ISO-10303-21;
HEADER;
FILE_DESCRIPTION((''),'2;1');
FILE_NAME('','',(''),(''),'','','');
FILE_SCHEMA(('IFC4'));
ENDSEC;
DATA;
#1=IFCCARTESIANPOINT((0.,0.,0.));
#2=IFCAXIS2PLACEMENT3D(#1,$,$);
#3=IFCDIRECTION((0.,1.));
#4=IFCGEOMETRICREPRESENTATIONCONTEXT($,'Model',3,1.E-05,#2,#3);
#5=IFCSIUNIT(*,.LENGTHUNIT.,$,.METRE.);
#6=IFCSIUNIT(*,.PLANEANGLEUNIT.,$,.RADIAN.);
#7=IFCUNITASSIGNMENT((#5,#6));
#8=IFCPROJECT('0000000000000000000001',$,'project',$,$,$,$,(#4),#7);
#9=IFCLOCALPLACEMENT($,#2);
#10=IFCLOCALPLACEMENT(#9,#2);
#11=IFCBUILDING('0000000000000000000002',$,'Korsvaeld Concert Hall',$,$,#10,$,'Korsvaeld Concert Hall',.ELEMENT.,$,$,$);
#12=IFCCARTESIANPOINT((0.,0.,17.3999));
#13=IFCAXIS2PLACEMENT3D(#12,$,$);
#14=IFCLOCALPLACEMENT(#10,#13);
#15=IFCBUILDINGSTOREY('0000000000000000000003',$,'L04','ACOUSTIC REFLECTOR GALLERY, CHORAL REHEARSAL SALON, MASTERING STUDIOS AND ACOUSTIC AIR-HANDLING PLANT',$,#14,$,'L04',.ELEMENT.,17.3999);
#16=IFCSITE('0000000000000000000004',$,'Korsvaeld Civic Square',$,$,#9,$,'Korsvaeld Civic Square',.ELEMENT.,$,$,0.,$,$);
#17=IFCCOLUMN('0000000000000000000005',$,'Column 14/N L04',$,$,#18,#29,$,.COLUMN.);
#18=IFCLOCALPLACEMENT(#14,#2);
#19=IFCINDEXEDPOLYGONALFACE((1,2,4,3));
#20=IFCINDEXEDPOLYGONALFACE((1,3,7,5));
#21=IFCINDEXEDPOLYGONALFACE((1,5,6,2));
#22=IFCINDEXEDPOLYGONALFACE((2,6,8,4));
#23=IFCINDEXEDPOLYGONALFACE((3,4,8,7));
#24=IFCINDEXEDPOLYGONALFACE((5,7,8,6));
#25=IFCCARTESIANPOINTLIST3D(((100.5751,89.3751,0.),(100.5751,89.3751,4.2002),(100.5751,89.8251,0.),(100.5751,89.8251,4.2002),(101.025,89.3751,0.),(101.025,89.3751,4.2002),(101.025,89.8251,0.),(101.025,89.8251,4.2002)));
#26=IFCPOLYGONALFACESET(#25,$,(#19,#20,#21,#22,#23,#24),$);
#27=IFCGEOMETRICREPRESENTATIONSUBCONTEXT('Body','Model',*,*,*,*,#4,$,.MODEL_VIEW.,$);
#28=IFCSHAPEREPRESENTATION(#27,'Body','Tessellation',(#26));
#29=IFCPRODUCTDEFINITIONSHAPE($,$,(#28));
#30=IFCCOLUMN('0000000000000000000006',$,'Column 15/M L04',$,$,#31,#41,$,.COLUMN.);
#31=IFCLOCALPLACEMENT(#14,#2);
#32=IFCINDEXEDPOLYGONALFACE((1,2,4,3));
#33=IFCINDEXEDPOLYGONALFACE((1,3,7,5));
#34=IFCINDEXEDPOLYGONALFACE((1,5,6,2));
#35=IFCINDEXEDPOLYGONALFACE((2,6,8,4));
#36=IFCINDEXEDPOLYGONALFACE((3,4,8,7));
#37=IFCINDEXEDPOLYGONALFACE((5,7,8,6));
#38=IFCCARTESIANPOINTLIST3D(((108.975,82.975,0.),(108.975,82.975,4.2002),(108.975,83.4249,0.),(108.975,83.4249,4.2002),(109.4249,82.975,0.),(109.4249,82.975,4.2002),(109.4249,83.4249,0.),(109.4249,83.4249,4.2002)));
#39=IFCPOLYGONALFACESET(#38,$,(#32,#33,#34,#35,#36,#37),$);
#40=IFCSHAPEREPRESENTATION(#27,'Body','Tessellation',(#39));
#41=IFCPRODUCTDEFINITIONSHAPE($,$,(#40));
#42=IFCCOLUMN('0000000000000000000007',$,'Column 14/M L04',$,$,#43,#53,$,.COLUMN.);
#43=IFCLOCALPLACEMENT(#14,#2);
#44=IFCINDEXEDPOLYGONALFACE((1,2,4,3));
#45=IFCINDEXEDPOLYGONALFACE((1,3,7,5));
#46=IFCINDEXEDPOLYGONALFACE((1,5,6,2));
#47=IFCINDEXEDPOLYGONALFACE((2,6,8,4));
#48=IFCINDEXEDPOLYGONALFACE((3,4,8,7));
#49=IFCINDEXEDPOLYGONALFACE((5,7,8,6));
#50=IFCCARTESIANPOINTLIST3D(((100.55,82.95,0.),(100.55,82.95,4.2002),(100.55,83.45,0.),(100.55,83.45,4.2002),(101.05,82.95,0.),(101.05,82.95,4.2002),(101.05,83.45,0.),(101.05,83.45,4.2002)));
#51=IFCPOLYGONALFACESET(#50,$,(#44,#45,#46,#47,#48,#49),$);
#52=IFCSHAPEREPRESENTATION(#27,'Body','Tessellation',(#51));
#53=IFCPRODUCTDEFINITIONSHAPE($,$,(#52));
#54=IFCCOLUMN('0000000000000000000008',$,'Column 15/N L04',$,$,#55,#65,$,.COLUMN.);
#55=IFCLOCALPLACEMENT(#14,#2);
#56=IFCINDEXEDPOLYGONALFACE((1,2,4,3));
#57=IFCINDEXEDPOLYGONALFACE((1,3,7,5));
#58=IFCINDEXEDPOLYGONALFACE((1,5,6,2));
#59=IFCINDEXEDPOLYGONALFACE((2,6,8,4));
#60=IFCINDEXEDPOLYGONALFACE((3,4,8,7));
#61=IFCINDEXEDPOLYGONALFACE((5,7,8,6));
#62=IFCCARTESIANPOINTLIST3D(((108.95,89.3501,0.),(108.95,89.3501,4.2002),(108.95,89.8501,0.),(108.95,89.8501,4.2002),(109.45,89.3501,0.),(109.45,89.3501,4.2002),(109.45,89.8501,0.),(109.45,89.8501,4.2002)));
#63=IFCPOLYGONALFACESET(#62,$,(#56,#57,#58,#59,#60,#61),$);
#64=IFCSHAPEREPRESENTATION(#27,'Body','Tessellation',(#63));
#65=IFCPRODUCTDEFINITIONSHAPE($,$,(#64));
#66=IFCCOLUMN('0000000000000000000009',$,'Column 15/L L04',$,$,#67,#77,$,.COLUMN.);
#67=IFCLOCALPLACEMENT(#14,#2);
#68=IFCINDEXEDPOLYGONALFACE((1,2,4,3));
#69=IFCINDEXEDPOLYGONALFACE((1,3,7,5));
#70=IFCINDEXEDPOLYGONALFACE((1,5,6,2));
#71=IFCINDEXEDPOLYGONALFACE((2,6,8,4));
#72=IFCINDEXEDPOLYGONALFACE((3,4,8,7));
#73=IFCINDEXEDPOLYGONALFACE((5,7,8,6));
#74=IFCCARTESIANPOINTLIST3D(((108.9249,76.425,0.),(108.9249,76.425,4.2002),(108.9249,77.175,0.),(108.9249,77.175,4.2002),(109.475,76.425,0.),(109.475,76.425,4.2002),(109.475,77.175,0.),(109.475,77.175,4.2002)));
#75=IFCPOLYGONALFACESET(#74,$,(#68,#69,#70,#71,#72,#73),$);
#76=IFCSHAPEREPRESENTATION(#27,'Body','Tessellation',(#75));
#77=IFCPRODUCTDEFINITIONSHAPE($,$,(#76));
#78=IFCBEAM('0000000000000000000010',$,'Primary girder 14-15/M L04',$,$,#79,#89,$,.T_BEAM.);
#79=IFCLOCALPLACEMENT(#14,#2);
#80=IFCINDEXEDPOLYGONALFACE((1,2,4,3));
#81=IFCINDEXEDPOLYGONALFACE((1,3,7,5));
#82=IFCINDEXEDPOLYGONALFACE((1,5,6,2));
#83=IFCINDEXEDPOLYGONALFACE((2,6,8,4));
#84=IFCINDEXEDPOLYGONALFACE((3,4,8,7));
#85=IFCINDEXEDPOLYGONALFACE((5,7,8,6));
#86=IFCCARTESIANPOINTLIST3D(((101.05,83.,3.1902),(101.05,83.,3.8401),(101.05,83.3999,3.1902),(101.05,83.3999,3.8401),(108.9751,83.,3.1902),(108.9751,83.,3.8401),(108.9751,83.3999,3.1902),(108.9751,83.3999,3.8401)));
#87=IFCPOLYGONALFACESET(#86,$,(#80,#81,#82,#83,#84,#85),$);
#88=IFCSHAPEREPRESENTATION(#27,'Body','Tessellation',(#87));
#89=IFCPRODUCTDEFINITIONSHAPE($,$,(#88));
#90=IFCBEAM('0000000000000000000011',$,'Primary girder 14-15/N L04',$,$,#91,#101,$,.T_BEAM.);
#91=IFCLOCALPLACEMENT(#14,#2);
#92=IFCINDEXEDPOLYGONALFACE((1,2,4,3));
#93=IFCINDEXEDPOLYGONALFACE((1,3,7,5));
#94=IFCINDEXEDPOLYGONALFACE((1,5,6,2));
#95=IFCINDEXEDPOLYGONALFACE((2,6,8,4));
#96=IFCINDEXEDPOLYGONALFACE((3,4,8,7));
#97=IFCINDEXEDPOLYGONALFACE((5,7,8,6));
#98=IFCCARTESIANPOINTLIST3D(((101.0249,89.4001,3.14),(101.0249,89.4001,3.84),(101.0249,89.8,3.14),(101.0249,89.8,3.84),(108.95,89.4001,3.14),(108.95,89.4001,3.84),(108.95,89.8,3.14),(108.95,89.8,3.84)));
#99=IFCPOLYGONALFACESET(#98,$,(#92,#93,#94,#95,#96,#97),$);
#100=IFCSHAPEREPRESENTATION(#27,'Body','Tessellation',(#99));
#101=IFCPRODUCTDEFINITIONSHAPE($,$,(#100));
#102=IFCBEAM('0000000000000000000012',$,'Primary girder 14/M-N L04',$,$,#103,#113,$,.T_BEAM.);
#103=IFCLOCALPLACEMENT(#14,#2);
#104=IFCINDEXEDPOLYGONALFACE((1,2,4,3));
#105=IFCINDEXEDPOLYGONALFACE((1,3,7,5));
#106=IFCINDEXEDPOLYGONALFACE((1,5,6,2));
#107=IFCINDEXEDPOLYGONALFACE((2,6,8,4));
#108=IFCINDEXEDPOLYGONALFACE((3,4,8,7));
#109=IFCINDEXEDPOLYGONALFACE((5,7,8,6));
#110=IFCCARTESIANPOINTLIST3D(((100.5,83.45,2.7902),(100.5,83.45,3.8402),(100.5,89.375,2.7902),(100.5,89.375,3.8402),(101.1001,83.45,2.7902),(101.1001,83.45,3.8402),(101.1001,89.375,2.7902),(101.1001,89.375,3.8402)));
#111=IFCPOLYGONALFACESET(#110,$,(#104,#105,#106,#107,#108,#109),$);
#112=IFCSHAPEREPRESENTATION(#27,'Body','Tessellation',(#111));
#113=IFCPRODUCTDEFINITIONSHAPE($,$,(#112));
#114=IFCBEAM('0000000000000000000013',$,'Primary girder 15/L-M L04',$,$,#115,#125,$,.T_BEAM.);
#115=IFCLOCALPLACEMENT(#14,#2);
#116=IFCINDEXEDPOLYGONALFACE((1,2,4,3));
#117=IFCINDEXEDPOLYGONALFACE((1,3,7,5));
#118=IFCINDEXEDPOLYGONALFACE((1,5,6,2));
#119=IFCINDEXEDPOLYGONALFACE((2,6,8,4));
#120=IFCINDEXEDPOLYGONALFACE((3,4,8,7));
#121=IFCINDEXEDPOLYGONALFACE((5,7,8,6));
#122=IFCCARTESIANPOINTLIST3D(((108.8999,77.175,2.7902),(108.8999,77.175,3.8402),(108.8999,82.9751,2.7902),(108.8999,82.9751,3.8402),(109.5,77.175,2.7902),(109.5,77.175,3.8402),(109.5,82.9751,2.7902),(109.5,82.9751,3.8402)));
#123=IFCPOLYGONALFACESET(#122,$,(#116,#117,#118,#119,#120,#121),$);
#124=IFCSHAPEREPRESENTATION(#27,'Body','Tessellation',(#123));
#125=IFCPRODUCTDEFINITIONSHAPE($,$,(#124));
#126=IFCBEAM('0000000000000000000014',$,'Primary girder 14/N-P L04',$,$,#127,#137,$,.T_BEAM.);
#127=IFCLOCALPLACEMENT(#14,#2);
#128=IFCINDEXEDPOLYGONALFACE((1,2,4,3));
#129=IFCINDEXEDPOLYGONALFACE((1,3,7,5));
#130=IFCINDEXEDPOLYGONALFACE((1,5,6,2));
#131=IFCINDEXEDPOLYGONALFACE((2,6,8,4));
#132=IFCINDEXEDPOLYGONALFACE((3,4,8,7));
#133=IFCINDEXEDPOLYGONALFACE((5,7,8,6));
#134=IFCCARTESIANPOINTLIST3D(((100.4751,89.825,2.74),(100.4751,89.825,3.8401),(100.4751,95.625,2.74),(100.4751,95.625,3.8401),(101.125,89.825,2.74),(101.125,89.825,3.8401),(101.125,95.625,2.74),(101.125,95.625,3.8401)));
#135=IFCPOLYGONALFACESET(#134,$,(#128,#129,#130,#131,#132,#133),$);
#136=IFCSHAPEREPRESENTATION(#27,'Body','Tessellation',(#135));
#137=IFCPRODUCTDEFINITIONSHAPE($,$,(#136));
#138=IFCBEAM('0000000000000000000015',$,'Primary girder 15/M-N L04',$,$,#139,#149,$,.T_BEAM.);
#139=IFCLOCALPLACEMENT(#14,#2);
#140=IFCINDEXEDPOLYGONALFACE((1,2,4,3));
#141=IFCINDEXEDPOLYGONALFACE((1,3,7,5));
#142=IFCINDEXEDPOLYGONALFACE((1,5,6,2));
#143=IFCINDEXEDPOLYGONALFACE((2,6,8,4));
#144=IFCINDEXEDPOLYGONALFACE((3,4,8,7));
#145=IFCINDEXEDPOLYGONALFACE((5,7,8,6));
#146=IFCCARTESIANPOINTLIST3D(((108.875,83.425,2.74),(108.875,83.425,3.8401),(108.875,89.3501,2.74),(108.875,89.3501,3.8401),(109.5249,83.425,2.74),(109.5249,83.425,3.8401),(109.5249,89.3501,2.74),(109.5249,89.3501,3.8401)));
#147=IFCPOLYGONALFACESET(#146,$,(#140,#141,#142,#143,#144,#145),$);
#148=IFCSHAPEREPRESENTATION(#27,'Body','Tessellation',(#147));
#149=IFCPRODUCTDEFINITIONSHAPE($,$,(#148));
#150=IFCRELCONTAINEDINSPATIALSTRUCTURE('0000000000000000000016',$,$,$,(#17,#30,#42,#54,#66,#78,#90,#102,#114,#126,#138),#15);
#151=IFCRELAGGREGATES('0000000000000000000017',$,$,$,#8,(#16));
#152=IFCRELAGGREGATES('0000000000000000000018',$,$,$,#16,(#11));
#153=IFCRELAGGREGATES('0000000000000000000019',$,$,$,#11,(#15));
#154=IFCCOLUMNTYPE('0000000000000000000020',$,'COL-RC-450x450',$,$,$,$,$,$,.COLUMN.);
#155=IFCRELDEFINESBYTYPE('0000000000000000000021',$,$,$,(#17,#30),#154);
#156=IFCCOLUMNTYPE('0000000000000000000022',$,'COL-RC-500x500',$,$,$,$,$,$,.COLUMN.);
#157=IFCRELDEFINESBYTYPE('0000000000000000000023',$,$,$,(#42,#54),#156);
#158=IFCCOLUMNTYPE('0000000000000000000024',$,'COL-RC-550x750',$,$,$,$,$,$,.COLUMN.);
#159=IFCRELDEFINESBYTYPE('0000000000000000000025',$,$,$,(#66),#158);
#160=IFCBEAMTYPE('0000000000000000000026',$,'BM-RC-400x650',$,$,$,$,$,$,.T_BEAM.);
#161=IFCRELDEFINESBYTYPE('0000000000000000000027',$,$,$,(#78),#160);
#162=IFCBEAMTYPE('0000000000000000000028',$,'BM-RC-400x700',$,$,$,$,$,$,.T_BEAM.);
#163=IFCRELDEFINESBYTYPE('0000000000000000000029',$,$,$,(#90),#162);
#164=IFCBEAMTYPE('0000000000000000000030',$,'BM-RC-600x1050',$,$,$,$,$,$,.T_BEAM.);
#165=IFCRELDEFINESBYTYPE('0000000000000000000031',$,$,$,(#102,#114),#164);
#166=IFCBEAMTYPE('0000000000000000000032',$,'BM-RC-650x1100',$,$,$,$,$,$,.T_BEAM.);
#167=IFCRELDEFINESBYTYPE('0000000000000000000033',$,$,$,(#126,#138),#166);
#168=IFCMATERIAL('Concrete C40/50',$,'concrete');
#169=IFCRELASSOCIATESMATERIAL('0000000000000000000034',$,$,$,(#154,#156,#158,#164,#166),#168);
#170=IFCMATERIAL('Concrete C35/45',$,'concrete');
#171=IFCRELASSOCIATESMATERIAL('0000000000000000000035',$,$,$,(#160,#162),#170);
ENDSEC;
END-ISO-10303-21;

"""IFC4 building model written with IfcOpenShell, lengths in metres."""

from ifc_helpers import new_model, si_unit, direction, frame, origin, origin_2d, place, context, subcontext, project, spatial, rectangle, extrude, material, material_profile, profile_set, type_object, element, save


model = new_model("IFC4")

# Units and contexts
model_context = context("Model", 3, precision=1e-05, world=origin(), true_north=direction((0.0, 1.0)))
body_context = subcontext(model_context, "Body", "Model", "MODEL_VIEW")
ifc_project = project(units=[si_unit("LENGTHUNIT", "METRE"), si_unit("PLANEANGLEUNIT", "RADIAN")], contexts=[model_context])

# Site, building, storey
site_placement = place(None, origin())
site = spatial("IfcSite", under=ifc_project, at=site_placement, Name="Korsvaeld Civic Square", LongName="Korsvaeld Civic Square", CompositionType="ELEMENT", RefElevation=0.0)
building_placement = place(site_placement, origin())
building = spatial("IfcBuilding", under=site, at=building_placement, Name="Korsvaeld Concert Hall", LongName="Korsvaeld Concert Hall", CompositionType="ELEMENT")
storey_placement = place(building_placement, frame((0.0, 0.0, 17.3999)))
storey = spatial("IfcBuildingStorey", under=building, at=storey_placement, Name="L04", Description="ACOUSTIC REFLECTOR GALLERY, CHORAL REHEARSAL SALON, MASTERING STUDIOS AND ACOUSTIC AIR-HANDLING PLANT", LongName="L04", CompositionType="ELEMENT", Elevation=17.3999)

# Columns
ifc_material_1 = material(Name="Concrete C40/50", Category="concrete")
ifc_material_profile_1 = material_profile(ifc_material_1, rectangle(XDim=0.45, YDim=0.45, at=origin_2d()), Name="RC 450x450")
ifc_profile_set_1 = profile_set([ifc_material_profile_1], Name="Concrete C40/50")
column_type_1 = type_object("IfcColumnType", Name="COL-RC-450x450", PredefinedType="COLUMN", material=ifc_profile_set_1)
for number, where, z_axis, x_axis, name in (
    (1, (100.8, 89.6001, 0.0), (0.0, 0.0, 1.0), (1.0, 0.0, 0.0), "Column 14/N L04"),
    (2, (109.2, 83.2, 0.0), (0.0, 0.0, 1.0), (1.0, 0.0, 0.0), "Column 15/M L04"),
):
    element("IfcColumn", number, at=place(storey_placement, frame(where, z_axis=z_axis, x_axis=x_axis)), inside=storey, type_object=column_type_1, Name=name, PredefinedType="COLUMN", context=body_context, shape_type="SweptSolid", body=[
        extrude(rectangle(XDim=0.45, YDim=0.45, at=origin_2d()), origin(), (0.0, 0.0, 1.0), 4.2002),
    ])
ifc_material_profile_2 = material_profile(ifc_material_1, rectangle(XDim=0.5, YDim=0.5, at=origin_2d()), Name="RC 500x500")
ifc_profile_set_2 = profile_set([ifc_material_profile_2], Name="Concrete C40/50")
column_type_2 = type_object("IfcColumnType", Name="COL-RC-500x500", PredefinedType="COLUMN", material=ifc_profile_set_2)
for number, where, z_axis, x_axis, name in (
    (3, (100.8, 83.2, 0.0), (0.0, 0.0, 1.0), (1.0, 0.0, 0.0), "Column 14/M L04"),
    (4, (109.2, 89.6001, 0.0), (0.0, 0.0, 1.0), (1.0, 0.0, 0.0), "Column 15/N L04"),
):
    element("IfcColumn", number, at=place(storey_placement, frame(where, z_axis=z_axis, x_axis=x_axis)), inside=storey, type_object=column_type_2, Name=name, PredefinedType="COLUMN", context=body_context, shape_type="SweptSolid", body=[
        extrude(rectangle(XDim=0.5, YDim=0.5, at=origin_2d()), origin(), (0.0, 0.0, 1.0), 4.2002),
    ])
ifc_material_profile_3 = material_profile(ifc_material_1, rectangle(XDim=0.55, YDim=0.75, at=origin_2d()), Name="RC 550x750")
ifc_profile_set_3 = profile_set([ifc_material_profile_3], Name="Concrete C40/50")
column_type_3 = type_object("IfcColumnType", Name="COL-RC-550x750", PredefinedType="COLUMN", material=ifc_profile_set_3)
column_placement = place(storey_placement, frame((109.2, 76.8, 0.0), z_axis=(0.0, 0.0, 1.0), x_axis=(1.0, 0.0, 0.0)))
element("IfcColumn", 5, at=column_placement, inside=storey, type_object=column_type_3, Name="Column 15/L L04", PredefinedType="COLUMN", context=body_context, shape_type="SweptSolid", body=[
    extrude(rectangle(XDim=0.55, YDim=0.75, at=origin_2d()), origin(), (0.0, 0.0, 1.0), 4.2002),
])

# Beams
ifc_material_2 = material(Name="Concrete C35/45", Category="concrete")
ifc_material_profile_4 = material_profile(ifc_material_2, rectangle(XDim=0.3999, YDim=0.6499, at=origin_2d()), Name="RC 400x650")
ifc_profile_set_4 = profile_set([ifc_material_profile_4], Name="Concrete C35/45")
beam_type_1 = type_object("IfcBeamType", Name="BM-RC-400x650", PredefinedType="T_BEAM", material=ifc_profile_set_4)
beam_1_placement = place(storey_placement, frame((101.05, 83.2, 3.5151), z_axis=(1.0, 0.0, 0.0), x_axis=(0.0, 1.0, 0.0)))
element("IfcBeam", 6, at=beam_1_placement, inside=storey, type_object=beam_type_1, Name="Primary girder 14-15/M L04", PredefinedType="T_BEAM", context=body_context, shape_type="SweptSolid", body=[
    extrude(rectangle(XDim=0.3999, YDim=0.6499, at=origin_2d()), origin(), (0.0, 0.0, 1.0), 7.925),
])
ifc_material_profile_5 = material_profile(ifc_material_2, rectangle(XDim=0.3999, YDim=0.7, at=origin_2d()), Name="RC 400x700")
ifc_profile_set_5 = profile_set([ifc_material_profile_5], Name="Concrete C35/45")
beam_type_2 = type_object("IfcBeamType", Name="BM-RC-400x700", PredefinedType="T_BEAM", material=ifc_profile_set_5)
beam_2_placement = place(storey_placement, frame((101.0249, 89.6001, 3.49), z_axis=(1.0, 0.0, 0.0), x_axis=(0.0, 1.0, 0.0)))
element("IfcBeam", 7, at=beam_2_placement, inside=storey, type_object=beam_type_2, Name="Primary girder 14-15/N L04", PredefinedType="T_BEAM", context=body_context, shape_type="SweptSolid", body=[
    extrude(rectangle(XDim=0.3999, YDim=0.7, at=origin_2d()), origin(), (0.0, 0.0, 1.0), 7.925),
])
ifc_material_profile_6 = material_profile(ifc_material_1, rectangle(XDim=0.6001, YDim=1.05, at=origin_2d()), Name="RC 600x1050")
ifc_profile_set_6 = profile_set([ifc_material_profile_6], Name="Concrete C40/50")
beam_type_3 = type_object("IfcBeamType", Name="BM-RC-600x1050", PredefinedType="T_BEAM", material=ifc_profile_set_6)
beam_3_placement = place(storey_placement, frame((100.8, 83.45, 3.3152), z_axis=(0.0, 1.0, 0.0), x_axis=(-1.0, 0.0, 0.0)))
element("IfcBeam", 8, at=beam_3_placement, inside=storey, type_object=beam_type_3, Name="Primary girder 14/M-N L04", PredefinedType="T_BEAM", context=body_context, shape_type="SweptSolid", body=[
    extrude(rectangle(XDim=0.6001, YDim=1.05, at=origin_2d()), origin(), (0.0, 0.0, 1.0), 5.925),
])
beam_4_placement = place(storey_placement, frame((109.2, 77.175, 3.3152), z_axis=(0.0, 1.0, 0.0), x_axis=(-1.0, 0.0, 0.0)))
element("IfcBeam", 9, at=beam_4_placement, inside=storey, type_object=beam_type_3, Name="Primary girder 15/L-M L04", PredefinedType="T_BEAM", context=body_context, shape_type="SweptSolid", body=[
    extrude(rectangle(XDim=0.6001, YDim=1.05, at=origin_2d()), origin(), (0.0, 0.0, 1.0), 5.8),
])
ifc_material_profile_7 = material_profile(ifc_material_1, rectangle(XDim=0.6499, YDim=1.1001, at=origin_2d()), Name="RC 650x1100")
ifc_profile_set_7 = profile_set([ifc_material_profile_7], Name="Concrete C40/50")
beam_type_4 = type_object("IfcBeamType", Name="BM-RC-650x1100", PredefinedType="T_BEAM", material=ifc_profile_set_7)
beam_5_placement = place(storey_placement, frame((100.8, 89.825, 3.29), z_axis=(0.0, 1.0, 0.0), x_axis=(-1.0, 0.0, 0.0)))
element("IfcBeam", 10, at=beam_5_placement, inside=storey, type_object=beam_type_4, Name="Primary girder 14/N-P L04", PredefinedType="T_BEAM", context=body_context, shape_type="SweptSolid", body=[
    extrude(rectangle(XDim=0.6499, YDim=1.1001, at=origin_2d()), origin(), (0.0, 0.0, 1.0), 5.8),
])
beam_6_placement = place(storey_placement, frame((109.2, 83.425, 3.29), z_axis=(0.0, 1.0, 0.0), x_axis=(-1.0, 0.0, 0.0)))
element("IfcBeam", 11, at=beam_6_placement, inside=storey, type_object=beam_type_4, Name="Primary girder 15/M-N L04", PredefinedType="T_BEAM", context=body_context, shape_type="SweptSolid", body=[
    extrude(rectangle(XDim=0.6499, YDim=1.1001, at=origin_2d()), origin(), (0.0, 0.0, 1.0), 5.925),
])

save(model, "model.ifc")
